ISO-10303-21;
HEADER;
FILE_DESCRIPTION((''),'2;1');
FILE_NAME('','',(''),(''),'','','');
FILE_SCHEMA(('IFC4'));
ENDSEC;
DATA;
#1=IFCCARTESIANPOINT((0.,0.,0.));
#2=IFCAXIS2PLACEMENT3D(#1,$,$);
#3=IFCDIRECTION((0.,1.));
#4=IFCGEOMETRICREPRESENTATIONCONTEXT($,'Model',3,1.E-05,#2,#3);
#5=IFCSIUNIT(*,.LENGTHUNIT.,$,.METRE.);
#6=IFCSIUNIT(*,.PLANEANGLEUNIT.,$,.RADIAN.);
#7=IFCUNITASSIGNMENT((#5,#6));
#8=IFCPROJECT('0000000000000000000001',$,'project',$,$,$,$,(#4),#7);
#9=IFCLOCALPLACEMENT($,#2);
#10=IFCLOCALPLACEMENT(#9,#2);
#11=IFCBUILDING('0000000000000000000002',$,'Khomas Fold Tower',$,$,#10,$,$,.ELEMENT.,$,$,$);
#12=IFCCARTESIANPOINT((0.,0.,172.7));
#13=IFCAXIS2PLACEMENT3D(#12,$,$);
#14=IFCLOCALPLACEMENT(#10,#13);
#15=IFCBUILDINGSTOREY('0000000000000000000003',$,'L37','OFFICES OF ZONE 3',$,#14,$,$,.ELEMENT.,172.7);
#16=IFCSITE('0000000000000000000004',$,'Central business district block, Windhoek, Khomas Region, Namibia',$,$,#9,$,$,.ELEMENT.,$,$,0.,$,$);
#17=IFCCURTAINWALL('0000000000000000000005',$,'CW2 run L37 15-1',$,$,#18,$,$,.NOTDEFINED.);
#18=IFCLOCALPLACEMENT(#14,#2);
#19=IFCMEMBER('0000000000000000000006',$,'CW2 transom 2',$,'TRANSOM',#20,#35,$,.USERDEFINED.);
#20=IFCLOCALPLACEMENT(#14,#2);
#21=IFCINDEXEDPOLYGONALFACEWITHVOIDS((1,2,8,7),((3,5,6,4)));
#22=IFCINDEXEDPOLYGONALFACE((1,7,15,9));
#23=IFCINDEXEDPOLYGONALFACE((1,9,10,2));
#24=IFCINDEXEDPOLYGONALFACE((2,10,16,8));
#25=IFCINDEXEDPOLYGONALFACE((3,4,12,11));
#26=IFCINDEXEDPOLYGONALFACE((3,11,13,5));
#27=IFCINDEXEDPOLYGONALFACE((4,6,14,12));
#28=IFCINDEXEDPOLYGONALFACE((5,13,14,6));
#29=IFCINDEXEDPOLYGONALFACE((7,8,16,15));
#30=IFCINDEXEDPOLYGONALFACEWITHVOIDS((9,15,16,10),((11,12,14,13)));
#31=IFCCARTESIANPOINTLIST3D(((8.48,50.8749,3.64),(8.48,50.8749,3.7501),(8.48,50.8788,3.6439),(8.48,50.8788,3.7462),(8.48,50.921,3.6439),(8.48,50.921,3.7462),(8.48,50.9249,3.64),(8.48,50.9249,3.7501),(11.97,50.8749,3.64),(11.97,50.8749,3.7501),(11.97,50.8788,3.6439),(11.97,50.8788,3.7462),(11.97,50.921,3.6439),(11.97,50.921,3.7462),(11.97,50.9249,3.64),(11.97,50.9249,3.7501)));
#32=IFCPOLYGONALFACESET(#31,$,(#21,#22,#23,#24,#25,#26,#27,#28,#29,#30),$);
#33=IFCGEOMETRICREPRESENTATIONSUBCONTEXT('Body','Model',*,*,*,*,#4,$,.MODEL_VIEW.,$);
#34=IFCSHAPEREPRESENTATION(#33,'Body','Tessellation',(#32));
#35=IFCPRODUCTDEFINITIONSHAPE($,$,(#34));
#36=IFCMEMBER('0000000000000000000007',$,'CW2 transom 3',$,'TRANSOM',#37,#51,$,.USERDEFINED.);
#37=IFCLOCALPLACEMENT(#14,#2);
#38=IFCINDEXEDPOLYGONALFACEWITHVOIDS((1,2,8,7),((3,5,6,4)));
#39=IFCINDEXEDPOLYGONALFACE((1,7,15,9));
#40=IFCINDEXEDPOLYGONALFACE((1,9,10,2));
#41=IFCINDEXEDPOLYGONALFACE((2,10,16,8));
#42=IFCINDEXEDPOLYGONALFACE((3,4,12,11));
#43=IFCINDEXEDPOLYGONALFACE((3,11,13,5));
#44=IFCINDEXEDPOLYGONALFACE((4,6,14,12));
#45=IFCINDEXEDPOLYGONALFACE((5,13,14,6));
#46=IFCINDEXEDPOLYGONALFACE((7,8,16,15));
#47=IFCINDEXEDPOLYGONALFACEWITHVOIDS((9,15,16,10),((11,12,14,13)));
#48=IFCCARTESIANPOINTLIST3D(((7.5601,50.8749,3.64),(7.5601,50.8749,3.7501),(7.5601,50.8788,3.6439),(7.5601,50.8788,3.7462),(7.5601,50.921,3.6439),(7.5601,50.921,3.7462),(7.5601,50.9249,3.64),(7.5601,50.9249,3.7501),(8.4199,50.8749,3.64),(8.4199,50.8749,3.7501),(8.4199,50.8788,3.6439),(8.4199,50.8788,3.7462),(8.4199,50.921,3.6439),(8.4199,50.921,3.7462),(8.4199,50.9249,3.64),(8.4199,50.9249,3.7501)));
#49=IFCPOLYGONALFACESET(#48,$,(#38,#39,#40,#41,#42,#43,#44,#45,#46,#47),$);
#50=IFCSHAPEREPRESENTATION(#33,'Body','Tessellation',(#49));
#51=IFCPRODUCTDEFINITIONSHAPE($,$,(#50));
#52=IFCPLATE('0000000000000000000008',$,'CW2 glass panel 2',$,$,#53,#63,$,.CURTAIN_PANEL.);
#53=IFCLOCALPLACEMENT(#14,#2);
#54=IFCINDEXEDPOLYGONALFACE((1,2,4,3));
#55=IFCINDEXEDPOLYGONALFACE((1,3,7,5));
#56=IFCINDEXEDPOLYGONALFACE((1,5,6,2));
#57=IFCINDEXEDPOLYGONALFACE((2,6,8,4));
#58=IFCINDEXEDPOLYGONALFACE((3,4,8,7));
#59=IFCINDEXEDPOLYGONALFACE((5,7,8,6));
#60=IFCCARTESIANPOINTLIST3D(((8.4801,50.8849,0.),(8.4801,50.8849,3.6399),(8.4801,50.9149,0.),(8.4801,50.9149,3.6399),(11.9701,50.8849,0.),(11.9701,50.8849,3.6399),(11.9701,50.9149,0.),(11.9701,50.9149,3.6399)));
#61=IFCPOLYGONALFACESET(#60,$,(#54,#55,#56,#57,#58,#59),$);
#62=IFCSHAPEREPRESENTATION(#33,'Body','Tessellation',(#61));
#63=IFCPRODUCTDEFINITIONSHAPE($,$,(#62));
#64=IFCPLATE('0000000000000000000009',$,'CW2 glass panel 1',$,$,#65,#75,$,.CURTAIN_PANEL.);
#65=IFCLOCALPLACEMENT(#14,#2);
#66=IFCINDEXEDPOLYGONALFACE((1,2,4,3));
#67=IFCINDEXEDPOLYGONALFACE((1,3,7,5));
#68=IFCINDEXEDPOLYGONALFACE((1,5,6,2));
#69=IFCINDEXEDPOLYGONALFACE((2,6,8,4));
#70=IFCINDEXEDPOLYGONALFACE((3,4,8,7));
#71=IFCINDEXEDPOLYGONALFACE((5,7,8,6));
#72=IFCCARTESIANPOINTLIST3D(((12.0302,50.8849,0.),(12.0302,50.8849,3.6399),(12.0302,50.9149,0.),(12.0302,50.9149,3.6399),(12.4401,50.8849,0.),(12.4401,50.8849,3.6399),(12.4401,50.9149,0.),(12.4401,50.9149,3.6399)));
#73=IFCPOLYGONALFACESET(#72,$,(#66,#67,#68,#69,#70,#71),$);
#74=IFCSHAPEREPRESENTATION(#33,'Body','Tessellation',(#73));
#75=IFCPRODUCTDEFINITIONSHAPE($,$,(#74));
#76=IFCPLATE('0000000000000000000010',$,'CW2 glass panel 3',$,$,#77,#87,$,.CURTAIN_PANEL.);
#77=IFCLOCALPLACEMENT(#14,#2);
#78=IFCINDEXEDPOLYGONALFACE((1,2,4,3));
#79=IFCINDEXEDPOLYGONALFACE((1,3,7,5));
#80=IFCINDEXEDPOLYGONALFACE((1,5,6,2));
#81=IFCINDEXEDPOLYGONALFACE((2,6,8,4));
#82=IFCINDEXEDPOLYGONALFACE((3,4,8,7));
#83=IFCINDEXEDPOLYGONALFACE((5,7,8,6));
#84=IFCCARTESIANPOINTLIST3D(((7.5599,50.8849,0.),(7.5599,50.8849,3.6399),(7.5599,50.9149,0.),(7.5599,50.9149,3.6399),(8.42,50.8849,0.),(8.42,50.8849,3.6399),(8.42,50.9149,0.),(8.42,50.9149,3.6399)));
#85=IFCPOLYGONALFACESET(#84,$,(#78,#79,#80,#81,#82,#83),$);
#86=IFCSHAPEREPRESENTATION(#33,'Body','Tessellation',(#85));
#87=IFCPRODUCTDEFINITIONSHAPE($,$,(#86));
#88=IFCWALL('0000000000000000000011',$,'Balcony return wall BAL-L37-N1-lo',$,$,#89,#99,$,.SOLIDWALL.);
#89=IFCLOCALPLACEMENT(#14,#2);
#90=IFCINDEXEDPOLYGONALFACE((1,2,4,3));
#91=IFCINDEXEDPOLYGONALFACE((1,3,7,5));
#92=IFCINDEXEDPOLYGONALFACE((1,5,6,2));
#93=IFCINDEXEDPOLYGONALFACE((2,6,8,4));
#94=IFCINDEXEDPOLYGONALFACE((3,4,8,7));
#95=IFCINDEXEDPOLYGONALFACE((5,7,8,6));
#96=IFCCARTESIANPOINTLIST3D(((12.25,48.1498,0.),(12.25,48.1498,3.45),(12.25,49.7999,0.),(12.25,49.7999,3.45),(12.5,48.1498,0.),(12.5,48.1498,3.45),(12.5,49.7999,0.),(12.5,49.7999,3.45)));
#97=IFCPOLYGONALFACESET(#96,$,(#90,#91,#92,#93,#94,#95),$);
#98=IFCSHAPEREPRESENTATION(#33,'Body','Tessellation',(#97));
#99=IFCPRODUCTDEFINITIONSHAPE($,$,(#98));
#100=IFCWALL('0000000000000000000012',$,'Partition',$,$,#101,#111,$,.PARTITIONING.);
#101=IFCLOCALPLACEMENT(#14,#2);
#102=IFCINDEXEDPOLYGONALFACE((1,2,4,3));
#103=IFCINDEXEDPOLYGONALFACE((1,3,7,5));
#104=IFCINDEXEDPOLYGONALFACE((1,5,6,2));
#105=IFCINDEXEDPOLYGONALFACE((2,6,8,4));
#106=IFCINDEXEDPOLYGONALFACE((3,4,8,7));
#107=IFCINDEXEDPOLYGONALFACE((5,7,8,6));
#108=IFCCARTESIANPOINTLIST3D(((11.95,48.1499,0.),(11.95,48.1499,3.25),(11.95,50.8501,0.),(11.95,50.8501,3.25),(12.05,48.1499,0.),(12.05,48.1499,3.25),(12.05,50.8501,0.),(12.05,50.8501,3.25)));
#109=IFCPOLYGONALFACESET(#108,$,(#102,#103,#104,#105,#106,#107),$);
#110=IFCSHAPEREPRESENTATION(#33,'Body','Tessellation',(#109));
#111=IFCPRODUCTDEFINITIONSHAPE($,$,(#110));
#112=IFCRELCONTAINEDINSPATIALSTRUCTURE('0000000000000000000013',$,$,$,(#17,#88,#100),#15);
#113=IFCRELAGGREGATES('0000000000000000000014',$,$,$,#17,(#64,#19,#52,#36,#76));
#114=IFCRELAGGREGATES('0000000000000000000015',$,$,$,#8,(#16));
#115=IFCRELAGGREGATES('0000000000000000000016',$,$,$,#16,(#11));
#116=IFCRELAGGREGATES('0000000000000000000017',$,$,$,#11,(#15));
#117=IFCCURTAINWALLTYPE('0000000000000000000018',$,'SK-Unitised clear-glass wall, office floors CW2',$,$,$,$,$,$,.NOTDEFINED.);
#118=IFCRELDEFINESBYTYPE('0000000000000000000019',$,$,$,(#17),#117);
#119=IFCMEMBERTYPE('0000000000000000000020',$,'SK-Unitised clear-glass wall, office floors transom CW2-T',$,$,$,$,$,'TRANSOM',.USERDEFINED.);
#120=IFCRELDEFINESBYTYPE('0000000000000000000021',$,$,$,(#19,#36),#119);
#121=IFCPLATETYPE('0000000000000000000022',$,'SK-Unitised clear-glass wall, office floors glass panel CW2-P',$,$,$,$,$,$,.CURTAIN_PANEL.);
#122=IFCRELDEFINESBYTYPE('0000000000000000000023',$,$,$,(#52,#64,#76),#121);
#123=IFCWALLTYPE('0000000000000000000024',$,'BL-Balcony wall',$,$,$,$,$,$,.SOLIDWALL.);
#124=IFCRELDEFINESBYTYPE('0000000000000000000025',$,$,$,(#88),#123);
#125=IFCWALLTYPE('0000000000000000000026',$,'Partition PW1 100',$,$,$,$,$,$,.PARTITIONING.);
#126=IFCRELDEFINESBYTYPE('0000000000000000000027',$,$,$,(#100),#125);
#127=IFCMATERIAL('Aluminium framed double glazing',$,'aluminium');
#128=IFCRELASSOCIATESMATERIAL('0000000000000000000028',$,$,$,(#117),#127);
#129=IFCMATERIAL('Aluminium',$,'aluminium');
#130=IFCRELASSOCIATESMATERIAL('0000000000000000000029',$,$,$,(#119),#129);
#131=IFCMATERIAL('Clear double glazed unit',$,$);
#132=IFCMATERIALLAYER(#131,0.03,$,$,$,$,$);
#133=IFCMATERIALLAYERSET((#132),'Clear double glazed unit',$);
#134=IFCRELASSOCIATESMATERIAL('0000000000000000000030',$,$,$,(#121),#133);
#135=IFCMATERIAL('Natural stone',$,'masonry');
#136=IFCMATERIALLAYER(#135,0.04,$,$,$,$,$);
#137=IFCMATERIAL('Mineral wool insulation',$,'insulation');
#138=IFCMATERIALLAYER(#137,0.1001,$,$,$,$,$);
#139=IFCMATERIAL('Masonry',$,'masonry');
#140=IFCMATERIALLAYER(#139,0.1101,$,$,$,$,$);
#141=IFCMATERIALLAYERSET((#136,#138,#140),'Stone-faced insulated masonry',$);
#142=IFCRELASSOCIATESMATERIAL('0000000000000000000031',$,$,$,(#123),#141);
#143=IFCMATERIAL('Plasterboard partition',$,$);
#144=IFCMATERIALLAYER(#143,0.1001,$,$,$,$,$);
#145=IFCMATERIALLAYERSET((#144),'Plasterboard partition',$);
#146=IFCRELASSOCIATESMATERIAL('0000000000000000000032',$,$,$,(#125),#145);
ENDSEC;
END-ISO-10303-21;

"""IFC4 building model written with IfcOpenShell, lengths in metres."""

from ifc_helpers import new_model, si_unit, direction, frame, frame_2d, origin, origin_2d, place, context, subcontext, project, spatial, rectangle, hollow_rectangle, extrude, source, transform, mapped, material, layer, layer_set, material_profile, profile_set, type_object, element, aggregate, save


model = new_model("IFC4")

# Units and contexts
model_context = context("Model", 3, precision=1e-05, world=origin(), true_north=direction((0.0, 1.0)))
body_context = subcontext(model_context, "Body", "Model", "MODEL_VIEW")
ifc_project = project(units=[si_unit("LENGTHUNIT", "METRE"), si_unit("PLANEANGLEUNIT", "RADIAN")], contexts=[model_context])

# Site, building, storey
site_placement = place(None, origin())
site = spatial("IfcSite", under=ifc_project, at=site_placement, Name="Central business district block, Windhoek, Khomas Region, Namibia", CompositionType="ELEMENT", RefElevation=0.0)
building_placement = place(site_placement, origin())
building = spatial("IfcBuilding", under=site, at=building_placement, Name="Khomas Fold Tower", CompositionType="ELEMENT")
storey_placement = place(building_placement, frame((0.0, 0.0, 172.7)))
storey = spatial("IfcBuildingStorey", under=building, at=storey_placement, Name="L37", Description="OFFICES OF ZONE 3", CompositionType="ELEMENT", Elevation=172.7)

# Curtain wall
ifc_material_1 = material(Name="Aluminium framed double glazing", Category="aluminium")
curtain_wall_type = type_object("IfcCurtainWallType", Name="SK-Unitised clear-glass wall, office floors CW2", PredefinedType="NOTDEFINED", material=ifc_material_1)
curtain_wall_1_placement = place(storey_placement, origin())
curtain_wall_1 = element("IfcCurtainWall", 1, at=curtain_wall_1_placement, inside=storey, type_object=curtain_wall_type, Name="CW2 run L37 15-1", PredefinedType="NOTDEFINED")

# Members
ifc_material_2 = material(Name="Aluminium", Category="aluminium")
ifc_material_profile_1 = material_profile(ifc_material_2, hollow_rectangle(XDim=0.05, YDim=0.1101, WallThickness=0.0039, at=origin_2d()), Name="SK-Unitised clear-glass wall, office floors transom CW2-T")
ifc_profile_set_1 = profile_set([ifc_material_profile_1], Name="Aluminium")
member_type_1 = type_object("IfcMemberType", Name="SK-Unitised clear-glass wall, office floors transom CW2-T", ElementType="TRANSOM", PredefinedType="USERDEFINED", material=ifc_profile_set_1)
shared_shape_1 = source(origin(), body_context, "Body", "SweptSolid", [
    extrude(hollow_rectangle(XDim=0.05, YDim=0.1101, WallThickness=0.0039, at=origin_2d()), origin(), (0.0, 0.0, 1.0), 3.49),
])
member_1_placement = place(storey_placement, frame((11.97, 50.8999, 3.6951), z_axis=(-1.0, 0.0, 0.0), x_axis=(0.0, -1.0, 0.0)))
member_1 = element("IfcMember", 2, at=member_1_placement, type_object=member_type_1, Name="CW2 transom 2", ObjectType="TRANSOM", PredefinedType="USERDEFINED", context=body_context, shape_type="MappedRepresentation", body=[
    mapped(shared_shape_1, transform((0.0, 0.0, 0.0))),
])
shared_shape_2 = source(origin(), body_context, "Body", "SweptSolid", [
    extrude(hollow_rectangle(XDim=0.05, YDim=0.1101, WallThickness=0.0039, at=origin_2d()), origin(), (0.0, 0.0, 1.0), 0.8599),
])
member_2_placement = place(storey_placement, frame((8.4199, 50.8999, 3.6951), z_axis=(-1.0, 0.0, 0.0), x_axis=(0.0, -1.0, 0.0)))
member_2 = element("IfcMember", 3, at=member_2_placement, type_object=member_type_1, Name="CW2 transom 3", ObjectType="TRANSOM", PredefinedType="USERDEFINED", context=body_context, shape_type="MappedRepresentation", body=[
    mapped(shared_shape_2, transform((0.0, 0.0, 0.0))),
])

# Plates
ifc_material_3 = material(Name="Clear double glazed unit")
ifc_layer_1 = layer(ifc_material_3, 0.03)
ifc_layer_set_1 = layer_set([ifc_layer_1], Name="Clear double glazed unit")
plate_type = type_object("IfcPlateType", Name="SK-Unitised clear-glass wall, office floors glass panel CW2-P", PredefinedType="CURTAIN_PANEL", material=ifc_layer_set_1)
shared_shape_3 = source(origin(), body_context, "Body", "SweptSolid", [
    extrude(rectangle(XDim=3.49, YDim=0.03, at=origin_2d()), origin(), (0.0, 0.0, 1.0), 3.6399),
])
plate_1_placement = place(storey_placement, frame((10.2251, 50.8999, 0.0), z_axis=(0.0, 0.0, 1.0), x_axis=(-1.0, 0.0, 0.0)))
plate_1 = element("IfcPlate", 4, at=plate_1_placement, type_object=plate_type, Name="CW2 glass panel 2", PredefinedType="CURTAIN_PANEL", context=body_context, shape_type="MappedRepresentation", body=[
    mapped(shared_shape_3, transform((0.0, 0.0, 0.0))),
])
shared_shape_4 = source(origin(), body_context, "Body", "SweptSolid", [
    extrude(rectangle(XDim=0.4099, YDim=0.03, at=origin_2d()), origin(), (0.0, 0.0, 1.0), 3.6399),
])
plate_2_placement = place(storey_placement, frame((12.2351, 50.8999, 0.0), z_axis=(0.0, 0.0, 1.0), x_axis=(-1.0, 0.0, 0.0)))
plate_2 = element("IfcPlate", 5, at=plate_2_placement, type_object=plate_type, Name="CW2 glass panel 1", PredefinedType="CURTAIN_PANEL", context=body_context, shape_type="MappedRepresentation", body=[
    mapped(shared_shape_4, transform((0.0, 0.0, 0.0))),
])
shared_shape_5 = source(origin(), body_context, "Body", "SweptSolid", [
    extrude(rectangle(XDim=0.8601, YDim=0.03, at=origin_2d()), origin(), (0.0, 0.0, 1.0), 3.6399),
])
plate_3_placement = place(storey_placement, frame((7.99, 50.8999, 0.0), z_axis=(0.0, 0.0, 1.0), x_axis=(-1.0, 0.0, 0.0)))
plate_3 = element("IfcPlate", 6, at=plate_3_placement, type_object=plate_type, Name="CW2 glass panel 3", PredefinedType="CURTAIN_PANEL", context=body_context, shape_type="MappedRepresentation", body=[
    mapped(shared_shape_5, transform((0.0, 0.0, 0.0))),
])
aggregate(curtain_wall_1, [plate_2, member_1, plate_1, member_2, plate_3])

# Walls
ifc_material_4 = material(Name="Natural stone", Category="masonry")
ifc_layer_2 = layer(ifc_material_4, 0.04)
ifc_material_5 = material(Name="Mineral wool insulation", Category="insulation")
ifc_layer_3 = layer(ifc_material_5, 0.1001)
ifc_material_6 = material(Name="Masonry", Category="masonry")
ifc_layer_4 = layer(ifc_material_6, 0.1101)
ifc_layer_set_2 = layer_set([ifc_layer_2, ifc_layer_3, ifc_layer_4], Name="Stone-faced insulated masonry")
wall_type_1 = type_object("IfcWallType", Name="BL-Balcony wall", PredefinedType="SOLIDWALL", material=ifc_layer_set_2)
shared_shape_6 = source(origin(), body_context, "Body", "SweptSolid", [
    extrude(rectangle(XDim=1.6501, YDim=0.25, at=frame_2d((0.8252, 0.0))), origin(), (0.0, 0.0, 1.0), 3.45),
])
wall_1_placement = place(storey_placement, frame((12.375, 49.8, 0.0), z_axis=(0.0, 0.0, 1.0), x_axis=(0.0, -1.0, 0.0)))
element("IfcWall", 7, at=wall_1_placement, inside=storey, type_object=wall_type_1, Name="Balcony return wall BAL-L37-N1-lo", PredefinedType="SOLIDWALL", context=body_context, shape_type="MappedRepresentation", body=[
    mapped(shared_shape_6, transform((0.0, 0.0, 0.0))),
])
ifc_material_7 = material(Name="Plasterboard partition")
ifc_layer_5 = layer(ifc_material_7, 0.1001)
ifc_layer_set_3 = layer_set([ifc_layer_5], Name="Plasterboard partition")
wall_type_2 = type_object("IfcWallType", Name="Partition PW1 100", PredefinedType="PARTITIONING", material=ifc_layer_set_3)
shared_shape_7 = source(origin(), body_context, "Body", "SweptSolid", [
    extrude(rectangle(XDim=2.7002, YDim=0.1001, at=frame_2d((1.3501, 0.0))), origin(), (0.0, 0.0, 1.0), 3.25),
])
wall_2_placement = place(storey_placement, frame((12.0, 48.1499, 0.0), z_axis=(0.0, 0.0, 1.0), x_axis=(0.0, 1.0, 0.0)))
element("IfcWall", 8, at=wall_2_placement, inside=storey, type_object=wall_type_2, Name="Partition", PredefinedType="PARTITIONING", context=body_context, shape_type="MappedRepresentation", body=[
    mapped(shared_shape_7, transform((0.0, 0.0, 0.0))),
])

save(model, "model.ifc")
